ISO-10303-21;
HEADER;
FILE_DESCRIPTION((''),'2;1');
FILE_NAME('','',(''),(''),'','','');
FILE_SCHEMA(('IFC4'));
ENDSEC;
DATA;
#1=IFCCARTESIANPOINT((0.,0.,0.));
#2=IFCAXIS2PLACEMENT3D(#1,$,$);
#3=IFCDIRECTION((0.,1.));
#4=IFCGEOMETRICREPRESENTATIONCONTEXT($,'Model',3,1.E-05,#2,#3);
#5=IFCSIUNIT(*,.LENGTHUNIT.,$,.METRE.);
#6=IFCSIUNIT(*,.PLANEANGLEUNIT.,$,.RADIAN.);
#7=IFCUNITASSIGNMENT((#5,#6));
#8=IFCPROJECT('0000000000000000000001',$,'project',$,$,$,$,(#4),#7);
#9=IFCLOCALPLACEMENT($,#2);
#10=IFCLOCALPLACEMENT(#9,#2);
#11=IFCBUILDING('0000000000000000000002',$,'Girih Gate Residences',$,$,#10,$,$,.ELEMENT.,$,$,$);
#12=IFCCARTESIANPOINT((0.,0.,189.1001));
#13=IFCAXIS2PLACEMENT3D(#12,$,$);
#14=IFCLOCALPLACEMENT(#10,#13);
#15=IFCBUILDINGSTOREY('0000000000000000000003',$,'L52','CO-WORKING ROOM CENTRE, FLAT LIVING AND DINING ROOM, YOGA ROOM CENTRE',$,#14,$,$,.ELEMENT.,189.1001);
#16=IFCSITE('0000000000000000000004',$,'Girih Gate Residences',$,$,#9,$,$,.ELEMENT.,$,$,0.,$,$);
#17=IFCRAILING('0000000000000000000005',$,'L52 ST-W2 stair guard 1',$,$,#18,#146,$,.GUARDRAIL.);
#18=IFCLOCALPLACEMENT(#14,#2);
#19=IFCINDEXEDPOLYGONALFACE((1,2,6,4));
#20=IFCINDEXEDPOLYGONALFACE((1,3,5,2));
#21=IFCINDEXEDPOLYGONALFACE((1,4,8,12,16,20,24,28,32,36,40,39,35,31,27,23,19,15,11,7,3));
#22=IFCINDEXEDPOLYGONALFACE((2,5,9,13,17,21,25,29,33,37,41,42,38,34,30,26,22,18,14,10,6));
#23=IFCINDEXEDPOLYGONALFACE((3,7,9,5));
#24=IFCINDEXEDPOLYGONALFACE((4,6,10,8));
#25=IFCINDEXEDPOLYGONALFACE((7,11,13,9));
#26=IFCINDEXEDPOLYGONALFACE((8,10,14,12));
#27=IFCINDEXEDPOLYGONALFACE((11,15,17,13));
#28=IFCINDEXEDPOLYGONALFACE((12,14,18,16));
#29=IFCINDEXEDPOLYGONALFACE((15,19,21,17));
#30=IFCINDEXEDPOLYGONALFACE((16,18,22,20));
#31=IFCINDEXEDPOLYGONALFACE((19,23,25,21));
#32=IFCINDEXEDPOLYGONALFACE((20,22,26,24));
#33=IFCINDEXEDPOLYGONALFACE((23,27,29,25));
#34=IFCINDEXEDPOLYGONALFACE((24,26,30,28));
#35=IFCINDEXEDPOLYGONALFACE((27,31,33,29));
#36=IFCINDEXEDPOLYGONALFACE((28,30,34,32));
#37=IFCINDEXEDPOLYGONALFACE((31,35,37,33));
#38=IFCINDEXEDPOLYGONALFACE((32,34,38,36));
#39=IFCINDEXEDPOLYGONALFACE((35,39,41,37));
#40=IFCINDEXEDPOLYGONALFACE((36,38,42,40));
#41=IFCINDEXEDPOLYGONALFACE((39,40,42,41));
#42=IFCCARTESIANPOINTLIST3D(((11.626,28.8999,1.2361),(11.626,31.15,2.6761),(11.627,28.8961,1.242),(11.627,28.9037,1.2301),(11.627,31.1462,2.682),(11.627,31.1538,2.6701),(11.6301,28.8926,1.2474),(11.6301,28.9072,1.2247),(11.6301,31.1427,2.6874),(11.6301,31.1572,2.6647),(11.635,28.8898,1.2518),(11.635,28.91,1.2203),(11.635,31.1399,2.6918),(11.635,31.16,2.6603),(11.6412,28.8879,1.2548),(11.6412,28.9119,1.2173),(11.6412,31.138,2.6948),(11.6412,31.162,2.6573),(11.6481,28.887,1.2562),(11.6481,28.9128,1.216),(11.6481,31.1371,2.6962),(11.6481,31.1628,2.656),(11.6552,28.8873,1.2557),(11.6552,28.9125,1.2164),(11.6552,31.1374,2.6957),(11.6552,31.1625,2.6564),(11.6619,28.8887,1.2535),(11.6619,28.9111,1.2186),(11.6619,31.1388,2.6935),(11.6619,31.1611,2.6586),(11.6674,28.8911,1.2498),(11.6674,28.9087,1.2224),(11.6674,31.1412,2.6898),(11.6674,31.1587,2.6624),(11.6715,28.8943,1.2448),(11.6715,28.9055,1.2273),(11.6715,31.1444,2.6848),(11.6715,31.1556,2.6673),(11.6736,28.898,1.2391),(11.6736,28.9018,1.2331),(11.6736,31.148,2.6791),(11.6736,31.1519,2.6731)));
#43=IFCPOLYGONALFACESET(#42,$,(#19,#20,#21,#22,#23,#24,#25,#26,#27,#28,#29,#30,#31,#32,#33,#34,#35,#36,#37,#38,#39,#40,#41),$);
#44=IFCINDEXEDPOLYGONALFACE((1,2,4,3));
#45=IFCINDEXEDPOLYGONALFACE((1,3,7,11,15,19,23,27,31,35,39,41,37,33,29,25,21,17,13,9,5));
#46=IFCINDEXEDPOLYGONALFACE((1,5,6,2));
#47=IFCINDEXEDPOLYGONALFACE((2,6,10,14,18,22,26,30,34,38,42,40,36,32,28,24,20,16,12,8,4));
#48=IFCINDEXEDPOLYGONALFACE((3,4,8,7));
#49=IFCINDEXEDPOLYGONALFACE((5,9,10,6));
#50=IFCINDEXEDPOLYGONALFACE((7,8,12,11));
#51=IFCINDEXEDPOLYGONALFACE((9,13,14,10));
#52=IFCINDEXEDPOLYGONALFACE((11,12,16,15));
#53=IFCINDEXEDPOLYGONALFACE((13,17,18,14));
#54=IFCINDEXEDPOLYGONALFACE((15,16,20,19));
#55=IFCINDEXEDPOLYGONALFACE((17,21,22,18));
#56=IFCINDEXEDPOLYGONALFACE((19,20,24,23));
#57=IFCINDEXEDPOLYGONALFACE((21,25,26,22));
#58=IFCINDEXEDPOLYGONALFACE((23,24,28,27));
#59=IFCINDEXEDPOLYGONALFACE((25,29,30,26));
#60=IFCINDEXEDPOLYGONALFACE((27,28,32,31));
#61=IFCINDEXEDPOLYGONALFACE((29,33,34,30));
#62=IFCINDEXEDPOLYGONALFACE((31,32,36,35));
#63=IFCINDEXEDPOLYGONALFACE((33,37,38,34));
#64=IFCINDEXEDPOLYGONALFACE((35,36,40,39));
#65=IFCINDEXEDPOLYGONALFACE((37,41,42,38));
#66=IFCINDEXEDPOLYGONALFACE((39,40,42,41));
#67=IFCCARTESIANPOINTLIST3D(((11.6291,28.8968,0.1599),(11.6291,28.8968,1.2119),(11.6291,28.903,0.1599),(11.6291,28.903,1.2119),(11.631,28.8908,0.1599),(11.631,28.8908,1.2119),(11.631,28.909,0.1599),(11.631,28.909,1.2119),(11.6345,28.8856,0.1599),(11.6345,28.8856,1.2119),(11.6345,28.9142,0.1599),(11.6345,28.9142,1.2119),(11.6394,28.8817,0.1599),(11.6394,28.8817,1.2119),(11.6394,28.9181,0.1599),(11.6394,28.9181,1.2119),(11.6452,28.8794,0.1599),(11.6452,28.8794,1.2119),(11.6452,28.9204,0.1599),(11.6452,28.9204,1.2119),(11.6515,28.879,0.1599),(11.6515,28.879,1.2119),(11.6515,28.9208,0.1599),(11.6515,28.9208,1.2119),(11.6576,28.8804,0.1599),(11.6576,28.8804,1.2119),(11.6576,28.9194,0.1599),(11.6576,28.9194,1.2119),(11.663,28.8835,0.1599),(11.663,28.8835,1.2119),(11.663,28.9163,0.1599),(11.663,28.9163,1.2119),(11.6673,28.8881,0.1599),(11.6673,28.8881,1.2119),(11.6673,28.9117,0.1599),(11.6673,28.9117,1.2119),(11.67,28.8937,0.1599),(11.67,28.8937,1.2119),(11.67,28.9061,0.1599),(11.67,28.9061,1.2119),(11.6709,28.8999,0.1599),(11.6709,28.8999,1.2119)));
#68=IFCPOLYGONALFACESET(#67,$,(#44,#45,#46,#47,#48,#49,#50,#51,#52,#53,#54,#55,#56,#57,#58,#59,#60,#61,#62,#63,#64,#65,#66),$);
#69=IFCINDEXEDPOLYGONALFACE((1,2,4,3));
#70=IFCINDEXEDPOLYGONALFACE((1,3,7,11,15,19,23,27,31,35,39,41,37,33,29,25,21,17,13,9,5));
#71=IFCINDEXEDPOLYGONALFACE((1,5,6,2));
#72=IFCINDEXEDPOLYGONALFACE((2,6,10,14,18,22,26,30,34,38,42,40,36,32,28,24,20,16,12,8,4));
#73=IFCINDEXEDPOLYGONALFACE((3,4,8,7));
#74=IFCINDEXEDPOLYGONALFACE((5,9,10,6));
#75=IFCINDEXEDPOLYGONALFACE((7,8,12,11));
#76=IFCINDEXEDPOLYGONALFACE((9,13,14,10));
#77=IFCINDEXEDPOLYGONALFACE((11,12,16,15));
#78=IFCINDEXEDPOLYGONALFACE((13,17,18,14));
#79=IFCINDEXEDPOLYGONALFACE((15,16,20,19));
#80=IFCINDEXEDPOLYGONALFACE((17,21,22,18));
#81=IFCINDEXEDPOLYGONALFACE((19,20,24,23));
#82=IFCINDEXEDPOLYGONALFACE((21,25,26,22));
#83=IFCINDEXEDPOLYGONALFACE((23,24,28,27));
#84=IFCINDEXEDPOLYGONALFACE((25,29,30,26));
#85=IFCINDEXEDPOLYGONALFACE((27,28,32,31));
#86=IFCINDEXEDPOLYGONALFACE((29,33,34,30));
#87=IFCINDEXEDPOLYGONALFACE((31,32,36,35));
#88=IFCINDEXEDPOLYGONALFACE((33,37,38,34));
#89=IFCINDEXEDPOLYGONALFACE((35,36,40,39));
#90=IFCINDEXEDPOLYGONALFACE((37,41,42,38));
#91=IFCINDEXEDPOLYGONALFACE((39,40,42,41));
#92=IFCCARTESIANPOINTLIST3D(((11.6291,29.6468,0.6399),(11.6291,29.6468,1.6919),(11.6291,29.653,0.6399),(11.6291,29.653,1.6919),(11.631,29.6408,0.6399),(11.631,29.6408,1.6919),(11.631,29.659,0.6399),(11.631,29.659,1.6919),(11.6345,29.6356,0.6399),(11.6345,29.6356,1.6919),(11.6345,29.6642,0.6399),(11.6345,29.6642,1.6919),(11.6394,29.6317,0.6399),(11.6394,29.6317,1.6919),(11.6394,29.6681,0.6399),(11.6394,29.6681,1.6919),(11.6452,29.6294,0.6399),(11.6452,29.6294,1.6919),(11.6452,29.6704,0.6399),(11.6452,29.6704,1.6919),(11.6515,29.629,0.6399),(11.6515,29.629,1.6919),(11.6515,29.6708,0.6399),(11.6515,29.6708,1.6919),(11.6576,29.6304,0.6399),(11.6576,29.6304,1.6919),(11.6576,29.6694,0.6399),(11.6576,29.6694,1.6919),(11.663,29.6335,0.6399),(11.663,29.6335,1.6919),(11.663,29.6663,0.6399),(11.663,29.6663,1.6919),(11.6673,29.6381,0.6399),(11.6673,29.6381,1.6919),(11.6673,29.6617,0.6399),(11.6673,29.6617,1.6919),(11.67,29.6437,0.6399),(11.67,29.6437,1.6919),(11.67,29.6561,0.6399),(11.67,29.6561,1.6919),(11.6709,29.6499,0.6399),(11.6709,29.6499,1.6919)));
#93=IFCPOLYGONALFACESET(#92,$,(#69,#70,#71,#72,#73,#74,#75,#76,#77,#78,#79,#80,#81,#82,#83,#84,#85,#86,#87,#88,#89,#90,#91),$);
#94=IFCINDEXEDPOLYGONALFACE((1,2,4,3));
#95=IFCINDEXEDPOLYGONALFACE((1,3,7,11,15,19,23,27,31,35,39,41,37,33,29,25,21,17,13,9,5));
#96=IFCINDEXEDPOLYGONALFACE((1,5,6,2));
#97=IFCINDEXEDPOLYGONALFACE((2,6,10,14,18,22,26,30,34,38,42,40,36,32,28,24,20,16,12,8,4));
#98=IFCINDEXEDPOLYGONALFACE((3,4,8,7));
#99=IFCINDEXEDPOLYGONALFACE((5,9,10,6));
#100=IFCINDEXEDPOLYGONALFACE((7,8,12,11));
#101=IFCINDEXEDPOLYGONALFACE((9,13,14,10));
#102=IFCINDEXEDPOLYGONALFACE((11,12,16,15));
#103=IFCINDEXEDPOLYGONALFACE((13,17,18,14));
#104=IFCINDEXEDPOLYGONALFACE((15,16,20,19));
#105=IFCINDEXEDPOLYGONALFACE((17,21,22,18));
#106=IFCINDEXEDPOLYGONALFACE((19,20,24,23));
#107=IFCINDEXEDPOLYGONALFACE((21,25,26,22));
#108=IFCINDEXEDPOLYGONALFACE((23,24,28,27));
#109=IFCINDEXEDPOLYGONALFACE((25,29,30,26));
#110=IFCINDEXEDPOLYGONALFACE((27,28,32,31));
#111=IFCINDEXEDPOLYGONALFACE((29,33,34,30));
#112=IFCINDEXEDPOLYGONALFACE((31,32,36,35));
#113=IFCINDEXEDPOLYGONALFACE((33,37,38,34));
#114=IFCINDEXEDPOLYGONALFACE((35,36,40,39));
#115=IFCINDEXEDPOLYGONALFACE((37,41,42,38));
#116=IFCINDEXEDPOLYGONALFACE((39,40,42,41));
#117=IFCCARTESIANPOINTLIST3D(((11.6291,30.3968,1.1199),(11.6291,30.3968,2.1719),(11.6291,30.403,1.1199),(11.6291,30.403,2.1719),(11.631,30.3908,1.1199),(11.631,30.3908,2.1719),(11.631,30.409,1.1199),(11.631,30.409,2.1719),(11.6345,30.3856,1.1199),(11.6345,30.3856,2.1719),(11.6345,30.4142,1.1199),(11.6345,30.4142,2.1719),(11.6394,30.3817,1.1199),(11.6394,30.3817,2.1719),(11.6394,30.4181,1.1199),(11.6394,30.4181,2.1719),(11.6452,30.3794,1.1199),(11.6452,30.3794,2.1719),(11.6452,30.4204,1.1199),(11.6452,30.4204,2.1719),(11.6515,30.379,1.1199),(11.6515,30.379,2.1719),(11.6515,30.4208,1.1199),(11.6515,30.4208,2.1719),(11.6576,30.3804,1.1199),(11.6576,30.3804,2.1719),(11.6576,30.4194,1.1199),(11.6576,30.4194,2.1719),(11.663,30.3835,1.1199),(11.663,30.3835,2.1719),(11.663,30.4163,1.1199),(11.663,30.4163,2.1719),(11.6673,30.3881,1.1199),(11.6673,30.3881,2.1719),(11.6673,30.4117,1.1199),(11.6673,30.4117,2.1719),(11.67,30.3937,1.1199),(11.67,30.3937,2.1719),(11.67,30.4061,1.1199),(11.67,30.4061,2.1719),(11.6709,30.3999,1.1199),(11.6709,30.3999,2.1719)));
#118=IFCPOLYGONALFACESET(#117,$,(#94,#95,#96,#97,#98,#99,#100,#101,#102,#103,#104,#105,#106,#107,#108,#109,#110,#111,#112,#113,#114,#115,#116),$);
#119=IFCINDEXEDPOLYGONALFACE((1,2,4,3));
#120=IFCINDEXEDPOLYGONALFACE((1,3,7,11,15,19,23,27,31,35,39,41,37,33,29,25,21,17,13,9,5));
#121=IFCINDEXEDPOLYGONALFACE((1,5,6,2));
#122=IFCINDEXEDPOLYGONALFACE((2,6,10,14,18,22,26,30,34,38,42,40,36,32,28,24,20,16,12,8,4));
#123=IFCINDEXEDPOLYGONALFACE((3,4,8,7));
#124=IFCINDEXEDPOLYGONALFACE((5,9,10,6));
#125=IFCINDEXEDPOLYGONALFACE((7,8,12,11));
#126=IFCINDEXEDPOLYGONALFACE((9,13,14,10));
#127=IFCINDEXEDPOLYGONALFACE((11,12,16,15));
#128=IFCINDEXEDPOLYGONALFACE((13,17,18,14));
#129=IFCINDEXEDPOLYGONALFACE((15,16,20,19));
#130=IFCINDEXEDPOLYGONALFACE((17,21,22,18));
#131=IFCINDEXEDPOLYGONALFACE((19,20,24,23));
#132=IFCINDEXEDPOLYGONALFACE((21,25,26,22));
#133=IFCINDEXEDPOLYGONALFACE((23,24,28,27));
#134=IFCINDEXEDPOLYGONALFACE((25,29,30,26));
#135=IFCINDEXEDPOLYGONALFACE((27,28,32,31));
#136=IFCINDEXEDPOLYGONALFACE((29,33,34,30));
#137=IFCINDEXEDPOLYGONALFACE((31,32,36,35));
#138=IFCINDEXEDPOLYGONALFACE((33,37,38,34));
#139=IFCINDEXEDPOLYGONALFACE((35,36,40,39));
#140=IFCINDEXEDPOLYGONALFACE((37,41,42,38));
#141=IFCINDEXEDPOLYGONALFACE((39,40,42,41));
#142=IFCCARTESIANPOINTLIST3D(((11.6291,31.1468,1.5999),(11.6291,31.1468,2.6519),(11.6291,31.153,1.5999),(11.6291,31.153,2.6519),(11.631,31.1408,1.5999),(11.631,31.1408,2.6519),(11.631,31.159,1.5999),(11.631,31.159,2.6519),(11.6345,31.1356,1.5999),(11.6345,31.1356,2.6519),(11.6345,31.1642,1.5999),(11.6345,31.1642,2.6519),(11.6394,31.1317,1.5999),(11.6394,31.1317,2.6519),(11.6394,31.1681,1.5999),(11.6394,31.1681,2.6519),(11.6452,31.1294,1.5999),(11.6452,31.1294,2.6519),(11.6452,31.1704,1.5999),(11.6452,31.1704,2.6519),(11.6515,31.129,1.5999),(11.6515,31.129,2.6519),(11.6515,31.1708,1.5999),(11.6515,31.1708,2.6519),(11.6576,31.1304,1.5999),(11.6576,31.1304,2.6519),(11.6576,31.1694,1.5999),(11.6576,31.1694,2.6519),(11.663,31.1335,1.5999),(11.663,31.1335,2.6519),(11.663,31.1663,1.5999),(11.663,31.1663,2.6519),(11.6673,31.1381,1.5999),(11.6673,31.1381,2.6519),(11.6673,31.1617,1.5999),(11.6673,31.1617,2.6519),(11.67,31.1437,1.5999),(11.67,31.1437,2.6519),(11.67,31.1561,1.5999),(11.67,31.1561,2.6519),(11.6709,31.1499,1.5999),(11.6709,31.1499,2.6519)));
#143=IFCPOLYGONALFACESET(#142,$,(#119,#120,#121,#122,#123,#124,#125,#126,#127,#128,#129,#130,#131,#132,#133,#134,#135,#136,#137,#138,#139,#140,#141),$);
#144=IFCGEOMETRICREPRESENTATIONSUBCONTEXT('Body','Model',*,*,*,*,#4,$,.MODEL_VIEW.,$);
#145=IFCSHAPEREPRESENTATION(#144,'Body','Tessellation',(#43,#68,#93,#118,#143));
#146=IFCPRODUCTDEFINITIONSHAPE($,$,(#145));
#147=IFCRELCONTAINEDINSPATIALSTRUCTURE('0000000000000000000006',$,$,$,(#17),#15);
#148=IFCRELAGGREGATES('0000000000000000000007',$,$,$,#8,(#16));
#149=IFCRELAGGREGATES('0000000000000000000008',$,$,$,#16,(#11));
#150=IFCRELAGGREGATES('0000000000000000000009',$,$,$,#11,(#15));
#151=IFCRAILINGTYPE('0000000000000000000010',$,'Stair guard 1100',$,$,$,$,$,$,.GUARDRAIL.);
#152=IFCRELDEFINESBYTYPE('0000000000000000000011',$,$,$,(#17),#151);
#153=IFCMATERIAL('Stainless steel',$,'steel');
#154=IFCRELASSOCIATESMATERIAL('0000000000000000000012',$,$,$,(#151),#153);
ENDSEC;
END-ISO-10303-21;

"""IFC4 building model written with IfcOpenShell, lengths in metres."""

from ifc_helpers import new_model, si_unit, direction, frame, origin, origin_2d, place, context, subcontext, project, spatial, circle, extrude, material, type_object, element, save


model = new_model("IFC4")

# Units and contexts
model_context = context("Model", 3, precision=1e-05, world=origin(), true_north=direction((0.0, 1.0)))
body_context = subcontext(model_context, "Body", "Model", "MODEL_VIEW")
ifc_project = project(units=[si_unit("LENGTHUNIT", "METRE"), si_unit("PLANEANGLEUNIT", "RADIAN")], contexts=[model_context])

# Site, building, storey
site_placement = place(None, origin())
site = spatial("IfcSite", under=ifc_project, at=site_placement, Name="Girih Gate Residences", CompositionType="ELEMENT", RefElevation=0.0)
building_placement = place(site_placement, origin())
building = spatial("IfcBuilding", under=site, at=building_placement, Name="Girih Gate Residences", CompositionType="ELEMENT")
storey_placement = place(building_placement, frame((0.0, 0.0, 189.1001)))
storey = spatial("IfcBuildingStorey", under=building, at=storey_placement, Name="L52", Description="CO-WORKING ROOM CENTRE, FLAT LIVING AND DINING ROOM, YOGA ROOM CENTRE", CompositionType="ELEMENT", Elevation=189.1001)

# Railing
ifc_material_1 = material(Name="Stainless steel", Category="steel")
railing_type_1 = type_object("IfcRailingType", Name="Stair guard 1100", PredefinedType="GUARDRAIL", material=ifc_material_1)
railing_1_placement = place(storey_placement, frame((11.6499, 28.8999, 0.1599)))
element("IfcRailing", 1, at=railing_1_placement, inside=storey, type_object=railing_type_1, Name="L52 ST-W2 stair guard 1", PredefinedType="GUARDRAIL", context=body_context, shape_type="SweptSolid", body=[
    extrude(circle(Radius=0.0239, at=origin_2d()), frame((0.0, 0.0, 1.0762), z_axis=(0.0, 0.842281, 0.539038), x_axis=(-1.0, 0.0, 0.0)), (0.0, 0.0, 1.0), 2.6714),
    extrude(circle(Radius=0.021, at=origin_2d()), origin(), (0.0, 0.0, 1.0), 1.052),
    extrude(circle(Radius=0.021, at=origin_2d()), frame((0.0, 0.75, 0.48)), (0.0, 0.0, 1.0), 1.052),
    extrude(circle(Radius=0.021, at=origin_2d()), frame((0.0, 1.5, 0.96)), (0.0, 0.0, 1.0), 1.052),
    extrude(circle(Radius=0.021, at=origin_2d()), frame((0.0, 2.25, 1.4399)), (0.0, 0.0, 1.0), 1.052),
])

save(model, "model.ifc")
